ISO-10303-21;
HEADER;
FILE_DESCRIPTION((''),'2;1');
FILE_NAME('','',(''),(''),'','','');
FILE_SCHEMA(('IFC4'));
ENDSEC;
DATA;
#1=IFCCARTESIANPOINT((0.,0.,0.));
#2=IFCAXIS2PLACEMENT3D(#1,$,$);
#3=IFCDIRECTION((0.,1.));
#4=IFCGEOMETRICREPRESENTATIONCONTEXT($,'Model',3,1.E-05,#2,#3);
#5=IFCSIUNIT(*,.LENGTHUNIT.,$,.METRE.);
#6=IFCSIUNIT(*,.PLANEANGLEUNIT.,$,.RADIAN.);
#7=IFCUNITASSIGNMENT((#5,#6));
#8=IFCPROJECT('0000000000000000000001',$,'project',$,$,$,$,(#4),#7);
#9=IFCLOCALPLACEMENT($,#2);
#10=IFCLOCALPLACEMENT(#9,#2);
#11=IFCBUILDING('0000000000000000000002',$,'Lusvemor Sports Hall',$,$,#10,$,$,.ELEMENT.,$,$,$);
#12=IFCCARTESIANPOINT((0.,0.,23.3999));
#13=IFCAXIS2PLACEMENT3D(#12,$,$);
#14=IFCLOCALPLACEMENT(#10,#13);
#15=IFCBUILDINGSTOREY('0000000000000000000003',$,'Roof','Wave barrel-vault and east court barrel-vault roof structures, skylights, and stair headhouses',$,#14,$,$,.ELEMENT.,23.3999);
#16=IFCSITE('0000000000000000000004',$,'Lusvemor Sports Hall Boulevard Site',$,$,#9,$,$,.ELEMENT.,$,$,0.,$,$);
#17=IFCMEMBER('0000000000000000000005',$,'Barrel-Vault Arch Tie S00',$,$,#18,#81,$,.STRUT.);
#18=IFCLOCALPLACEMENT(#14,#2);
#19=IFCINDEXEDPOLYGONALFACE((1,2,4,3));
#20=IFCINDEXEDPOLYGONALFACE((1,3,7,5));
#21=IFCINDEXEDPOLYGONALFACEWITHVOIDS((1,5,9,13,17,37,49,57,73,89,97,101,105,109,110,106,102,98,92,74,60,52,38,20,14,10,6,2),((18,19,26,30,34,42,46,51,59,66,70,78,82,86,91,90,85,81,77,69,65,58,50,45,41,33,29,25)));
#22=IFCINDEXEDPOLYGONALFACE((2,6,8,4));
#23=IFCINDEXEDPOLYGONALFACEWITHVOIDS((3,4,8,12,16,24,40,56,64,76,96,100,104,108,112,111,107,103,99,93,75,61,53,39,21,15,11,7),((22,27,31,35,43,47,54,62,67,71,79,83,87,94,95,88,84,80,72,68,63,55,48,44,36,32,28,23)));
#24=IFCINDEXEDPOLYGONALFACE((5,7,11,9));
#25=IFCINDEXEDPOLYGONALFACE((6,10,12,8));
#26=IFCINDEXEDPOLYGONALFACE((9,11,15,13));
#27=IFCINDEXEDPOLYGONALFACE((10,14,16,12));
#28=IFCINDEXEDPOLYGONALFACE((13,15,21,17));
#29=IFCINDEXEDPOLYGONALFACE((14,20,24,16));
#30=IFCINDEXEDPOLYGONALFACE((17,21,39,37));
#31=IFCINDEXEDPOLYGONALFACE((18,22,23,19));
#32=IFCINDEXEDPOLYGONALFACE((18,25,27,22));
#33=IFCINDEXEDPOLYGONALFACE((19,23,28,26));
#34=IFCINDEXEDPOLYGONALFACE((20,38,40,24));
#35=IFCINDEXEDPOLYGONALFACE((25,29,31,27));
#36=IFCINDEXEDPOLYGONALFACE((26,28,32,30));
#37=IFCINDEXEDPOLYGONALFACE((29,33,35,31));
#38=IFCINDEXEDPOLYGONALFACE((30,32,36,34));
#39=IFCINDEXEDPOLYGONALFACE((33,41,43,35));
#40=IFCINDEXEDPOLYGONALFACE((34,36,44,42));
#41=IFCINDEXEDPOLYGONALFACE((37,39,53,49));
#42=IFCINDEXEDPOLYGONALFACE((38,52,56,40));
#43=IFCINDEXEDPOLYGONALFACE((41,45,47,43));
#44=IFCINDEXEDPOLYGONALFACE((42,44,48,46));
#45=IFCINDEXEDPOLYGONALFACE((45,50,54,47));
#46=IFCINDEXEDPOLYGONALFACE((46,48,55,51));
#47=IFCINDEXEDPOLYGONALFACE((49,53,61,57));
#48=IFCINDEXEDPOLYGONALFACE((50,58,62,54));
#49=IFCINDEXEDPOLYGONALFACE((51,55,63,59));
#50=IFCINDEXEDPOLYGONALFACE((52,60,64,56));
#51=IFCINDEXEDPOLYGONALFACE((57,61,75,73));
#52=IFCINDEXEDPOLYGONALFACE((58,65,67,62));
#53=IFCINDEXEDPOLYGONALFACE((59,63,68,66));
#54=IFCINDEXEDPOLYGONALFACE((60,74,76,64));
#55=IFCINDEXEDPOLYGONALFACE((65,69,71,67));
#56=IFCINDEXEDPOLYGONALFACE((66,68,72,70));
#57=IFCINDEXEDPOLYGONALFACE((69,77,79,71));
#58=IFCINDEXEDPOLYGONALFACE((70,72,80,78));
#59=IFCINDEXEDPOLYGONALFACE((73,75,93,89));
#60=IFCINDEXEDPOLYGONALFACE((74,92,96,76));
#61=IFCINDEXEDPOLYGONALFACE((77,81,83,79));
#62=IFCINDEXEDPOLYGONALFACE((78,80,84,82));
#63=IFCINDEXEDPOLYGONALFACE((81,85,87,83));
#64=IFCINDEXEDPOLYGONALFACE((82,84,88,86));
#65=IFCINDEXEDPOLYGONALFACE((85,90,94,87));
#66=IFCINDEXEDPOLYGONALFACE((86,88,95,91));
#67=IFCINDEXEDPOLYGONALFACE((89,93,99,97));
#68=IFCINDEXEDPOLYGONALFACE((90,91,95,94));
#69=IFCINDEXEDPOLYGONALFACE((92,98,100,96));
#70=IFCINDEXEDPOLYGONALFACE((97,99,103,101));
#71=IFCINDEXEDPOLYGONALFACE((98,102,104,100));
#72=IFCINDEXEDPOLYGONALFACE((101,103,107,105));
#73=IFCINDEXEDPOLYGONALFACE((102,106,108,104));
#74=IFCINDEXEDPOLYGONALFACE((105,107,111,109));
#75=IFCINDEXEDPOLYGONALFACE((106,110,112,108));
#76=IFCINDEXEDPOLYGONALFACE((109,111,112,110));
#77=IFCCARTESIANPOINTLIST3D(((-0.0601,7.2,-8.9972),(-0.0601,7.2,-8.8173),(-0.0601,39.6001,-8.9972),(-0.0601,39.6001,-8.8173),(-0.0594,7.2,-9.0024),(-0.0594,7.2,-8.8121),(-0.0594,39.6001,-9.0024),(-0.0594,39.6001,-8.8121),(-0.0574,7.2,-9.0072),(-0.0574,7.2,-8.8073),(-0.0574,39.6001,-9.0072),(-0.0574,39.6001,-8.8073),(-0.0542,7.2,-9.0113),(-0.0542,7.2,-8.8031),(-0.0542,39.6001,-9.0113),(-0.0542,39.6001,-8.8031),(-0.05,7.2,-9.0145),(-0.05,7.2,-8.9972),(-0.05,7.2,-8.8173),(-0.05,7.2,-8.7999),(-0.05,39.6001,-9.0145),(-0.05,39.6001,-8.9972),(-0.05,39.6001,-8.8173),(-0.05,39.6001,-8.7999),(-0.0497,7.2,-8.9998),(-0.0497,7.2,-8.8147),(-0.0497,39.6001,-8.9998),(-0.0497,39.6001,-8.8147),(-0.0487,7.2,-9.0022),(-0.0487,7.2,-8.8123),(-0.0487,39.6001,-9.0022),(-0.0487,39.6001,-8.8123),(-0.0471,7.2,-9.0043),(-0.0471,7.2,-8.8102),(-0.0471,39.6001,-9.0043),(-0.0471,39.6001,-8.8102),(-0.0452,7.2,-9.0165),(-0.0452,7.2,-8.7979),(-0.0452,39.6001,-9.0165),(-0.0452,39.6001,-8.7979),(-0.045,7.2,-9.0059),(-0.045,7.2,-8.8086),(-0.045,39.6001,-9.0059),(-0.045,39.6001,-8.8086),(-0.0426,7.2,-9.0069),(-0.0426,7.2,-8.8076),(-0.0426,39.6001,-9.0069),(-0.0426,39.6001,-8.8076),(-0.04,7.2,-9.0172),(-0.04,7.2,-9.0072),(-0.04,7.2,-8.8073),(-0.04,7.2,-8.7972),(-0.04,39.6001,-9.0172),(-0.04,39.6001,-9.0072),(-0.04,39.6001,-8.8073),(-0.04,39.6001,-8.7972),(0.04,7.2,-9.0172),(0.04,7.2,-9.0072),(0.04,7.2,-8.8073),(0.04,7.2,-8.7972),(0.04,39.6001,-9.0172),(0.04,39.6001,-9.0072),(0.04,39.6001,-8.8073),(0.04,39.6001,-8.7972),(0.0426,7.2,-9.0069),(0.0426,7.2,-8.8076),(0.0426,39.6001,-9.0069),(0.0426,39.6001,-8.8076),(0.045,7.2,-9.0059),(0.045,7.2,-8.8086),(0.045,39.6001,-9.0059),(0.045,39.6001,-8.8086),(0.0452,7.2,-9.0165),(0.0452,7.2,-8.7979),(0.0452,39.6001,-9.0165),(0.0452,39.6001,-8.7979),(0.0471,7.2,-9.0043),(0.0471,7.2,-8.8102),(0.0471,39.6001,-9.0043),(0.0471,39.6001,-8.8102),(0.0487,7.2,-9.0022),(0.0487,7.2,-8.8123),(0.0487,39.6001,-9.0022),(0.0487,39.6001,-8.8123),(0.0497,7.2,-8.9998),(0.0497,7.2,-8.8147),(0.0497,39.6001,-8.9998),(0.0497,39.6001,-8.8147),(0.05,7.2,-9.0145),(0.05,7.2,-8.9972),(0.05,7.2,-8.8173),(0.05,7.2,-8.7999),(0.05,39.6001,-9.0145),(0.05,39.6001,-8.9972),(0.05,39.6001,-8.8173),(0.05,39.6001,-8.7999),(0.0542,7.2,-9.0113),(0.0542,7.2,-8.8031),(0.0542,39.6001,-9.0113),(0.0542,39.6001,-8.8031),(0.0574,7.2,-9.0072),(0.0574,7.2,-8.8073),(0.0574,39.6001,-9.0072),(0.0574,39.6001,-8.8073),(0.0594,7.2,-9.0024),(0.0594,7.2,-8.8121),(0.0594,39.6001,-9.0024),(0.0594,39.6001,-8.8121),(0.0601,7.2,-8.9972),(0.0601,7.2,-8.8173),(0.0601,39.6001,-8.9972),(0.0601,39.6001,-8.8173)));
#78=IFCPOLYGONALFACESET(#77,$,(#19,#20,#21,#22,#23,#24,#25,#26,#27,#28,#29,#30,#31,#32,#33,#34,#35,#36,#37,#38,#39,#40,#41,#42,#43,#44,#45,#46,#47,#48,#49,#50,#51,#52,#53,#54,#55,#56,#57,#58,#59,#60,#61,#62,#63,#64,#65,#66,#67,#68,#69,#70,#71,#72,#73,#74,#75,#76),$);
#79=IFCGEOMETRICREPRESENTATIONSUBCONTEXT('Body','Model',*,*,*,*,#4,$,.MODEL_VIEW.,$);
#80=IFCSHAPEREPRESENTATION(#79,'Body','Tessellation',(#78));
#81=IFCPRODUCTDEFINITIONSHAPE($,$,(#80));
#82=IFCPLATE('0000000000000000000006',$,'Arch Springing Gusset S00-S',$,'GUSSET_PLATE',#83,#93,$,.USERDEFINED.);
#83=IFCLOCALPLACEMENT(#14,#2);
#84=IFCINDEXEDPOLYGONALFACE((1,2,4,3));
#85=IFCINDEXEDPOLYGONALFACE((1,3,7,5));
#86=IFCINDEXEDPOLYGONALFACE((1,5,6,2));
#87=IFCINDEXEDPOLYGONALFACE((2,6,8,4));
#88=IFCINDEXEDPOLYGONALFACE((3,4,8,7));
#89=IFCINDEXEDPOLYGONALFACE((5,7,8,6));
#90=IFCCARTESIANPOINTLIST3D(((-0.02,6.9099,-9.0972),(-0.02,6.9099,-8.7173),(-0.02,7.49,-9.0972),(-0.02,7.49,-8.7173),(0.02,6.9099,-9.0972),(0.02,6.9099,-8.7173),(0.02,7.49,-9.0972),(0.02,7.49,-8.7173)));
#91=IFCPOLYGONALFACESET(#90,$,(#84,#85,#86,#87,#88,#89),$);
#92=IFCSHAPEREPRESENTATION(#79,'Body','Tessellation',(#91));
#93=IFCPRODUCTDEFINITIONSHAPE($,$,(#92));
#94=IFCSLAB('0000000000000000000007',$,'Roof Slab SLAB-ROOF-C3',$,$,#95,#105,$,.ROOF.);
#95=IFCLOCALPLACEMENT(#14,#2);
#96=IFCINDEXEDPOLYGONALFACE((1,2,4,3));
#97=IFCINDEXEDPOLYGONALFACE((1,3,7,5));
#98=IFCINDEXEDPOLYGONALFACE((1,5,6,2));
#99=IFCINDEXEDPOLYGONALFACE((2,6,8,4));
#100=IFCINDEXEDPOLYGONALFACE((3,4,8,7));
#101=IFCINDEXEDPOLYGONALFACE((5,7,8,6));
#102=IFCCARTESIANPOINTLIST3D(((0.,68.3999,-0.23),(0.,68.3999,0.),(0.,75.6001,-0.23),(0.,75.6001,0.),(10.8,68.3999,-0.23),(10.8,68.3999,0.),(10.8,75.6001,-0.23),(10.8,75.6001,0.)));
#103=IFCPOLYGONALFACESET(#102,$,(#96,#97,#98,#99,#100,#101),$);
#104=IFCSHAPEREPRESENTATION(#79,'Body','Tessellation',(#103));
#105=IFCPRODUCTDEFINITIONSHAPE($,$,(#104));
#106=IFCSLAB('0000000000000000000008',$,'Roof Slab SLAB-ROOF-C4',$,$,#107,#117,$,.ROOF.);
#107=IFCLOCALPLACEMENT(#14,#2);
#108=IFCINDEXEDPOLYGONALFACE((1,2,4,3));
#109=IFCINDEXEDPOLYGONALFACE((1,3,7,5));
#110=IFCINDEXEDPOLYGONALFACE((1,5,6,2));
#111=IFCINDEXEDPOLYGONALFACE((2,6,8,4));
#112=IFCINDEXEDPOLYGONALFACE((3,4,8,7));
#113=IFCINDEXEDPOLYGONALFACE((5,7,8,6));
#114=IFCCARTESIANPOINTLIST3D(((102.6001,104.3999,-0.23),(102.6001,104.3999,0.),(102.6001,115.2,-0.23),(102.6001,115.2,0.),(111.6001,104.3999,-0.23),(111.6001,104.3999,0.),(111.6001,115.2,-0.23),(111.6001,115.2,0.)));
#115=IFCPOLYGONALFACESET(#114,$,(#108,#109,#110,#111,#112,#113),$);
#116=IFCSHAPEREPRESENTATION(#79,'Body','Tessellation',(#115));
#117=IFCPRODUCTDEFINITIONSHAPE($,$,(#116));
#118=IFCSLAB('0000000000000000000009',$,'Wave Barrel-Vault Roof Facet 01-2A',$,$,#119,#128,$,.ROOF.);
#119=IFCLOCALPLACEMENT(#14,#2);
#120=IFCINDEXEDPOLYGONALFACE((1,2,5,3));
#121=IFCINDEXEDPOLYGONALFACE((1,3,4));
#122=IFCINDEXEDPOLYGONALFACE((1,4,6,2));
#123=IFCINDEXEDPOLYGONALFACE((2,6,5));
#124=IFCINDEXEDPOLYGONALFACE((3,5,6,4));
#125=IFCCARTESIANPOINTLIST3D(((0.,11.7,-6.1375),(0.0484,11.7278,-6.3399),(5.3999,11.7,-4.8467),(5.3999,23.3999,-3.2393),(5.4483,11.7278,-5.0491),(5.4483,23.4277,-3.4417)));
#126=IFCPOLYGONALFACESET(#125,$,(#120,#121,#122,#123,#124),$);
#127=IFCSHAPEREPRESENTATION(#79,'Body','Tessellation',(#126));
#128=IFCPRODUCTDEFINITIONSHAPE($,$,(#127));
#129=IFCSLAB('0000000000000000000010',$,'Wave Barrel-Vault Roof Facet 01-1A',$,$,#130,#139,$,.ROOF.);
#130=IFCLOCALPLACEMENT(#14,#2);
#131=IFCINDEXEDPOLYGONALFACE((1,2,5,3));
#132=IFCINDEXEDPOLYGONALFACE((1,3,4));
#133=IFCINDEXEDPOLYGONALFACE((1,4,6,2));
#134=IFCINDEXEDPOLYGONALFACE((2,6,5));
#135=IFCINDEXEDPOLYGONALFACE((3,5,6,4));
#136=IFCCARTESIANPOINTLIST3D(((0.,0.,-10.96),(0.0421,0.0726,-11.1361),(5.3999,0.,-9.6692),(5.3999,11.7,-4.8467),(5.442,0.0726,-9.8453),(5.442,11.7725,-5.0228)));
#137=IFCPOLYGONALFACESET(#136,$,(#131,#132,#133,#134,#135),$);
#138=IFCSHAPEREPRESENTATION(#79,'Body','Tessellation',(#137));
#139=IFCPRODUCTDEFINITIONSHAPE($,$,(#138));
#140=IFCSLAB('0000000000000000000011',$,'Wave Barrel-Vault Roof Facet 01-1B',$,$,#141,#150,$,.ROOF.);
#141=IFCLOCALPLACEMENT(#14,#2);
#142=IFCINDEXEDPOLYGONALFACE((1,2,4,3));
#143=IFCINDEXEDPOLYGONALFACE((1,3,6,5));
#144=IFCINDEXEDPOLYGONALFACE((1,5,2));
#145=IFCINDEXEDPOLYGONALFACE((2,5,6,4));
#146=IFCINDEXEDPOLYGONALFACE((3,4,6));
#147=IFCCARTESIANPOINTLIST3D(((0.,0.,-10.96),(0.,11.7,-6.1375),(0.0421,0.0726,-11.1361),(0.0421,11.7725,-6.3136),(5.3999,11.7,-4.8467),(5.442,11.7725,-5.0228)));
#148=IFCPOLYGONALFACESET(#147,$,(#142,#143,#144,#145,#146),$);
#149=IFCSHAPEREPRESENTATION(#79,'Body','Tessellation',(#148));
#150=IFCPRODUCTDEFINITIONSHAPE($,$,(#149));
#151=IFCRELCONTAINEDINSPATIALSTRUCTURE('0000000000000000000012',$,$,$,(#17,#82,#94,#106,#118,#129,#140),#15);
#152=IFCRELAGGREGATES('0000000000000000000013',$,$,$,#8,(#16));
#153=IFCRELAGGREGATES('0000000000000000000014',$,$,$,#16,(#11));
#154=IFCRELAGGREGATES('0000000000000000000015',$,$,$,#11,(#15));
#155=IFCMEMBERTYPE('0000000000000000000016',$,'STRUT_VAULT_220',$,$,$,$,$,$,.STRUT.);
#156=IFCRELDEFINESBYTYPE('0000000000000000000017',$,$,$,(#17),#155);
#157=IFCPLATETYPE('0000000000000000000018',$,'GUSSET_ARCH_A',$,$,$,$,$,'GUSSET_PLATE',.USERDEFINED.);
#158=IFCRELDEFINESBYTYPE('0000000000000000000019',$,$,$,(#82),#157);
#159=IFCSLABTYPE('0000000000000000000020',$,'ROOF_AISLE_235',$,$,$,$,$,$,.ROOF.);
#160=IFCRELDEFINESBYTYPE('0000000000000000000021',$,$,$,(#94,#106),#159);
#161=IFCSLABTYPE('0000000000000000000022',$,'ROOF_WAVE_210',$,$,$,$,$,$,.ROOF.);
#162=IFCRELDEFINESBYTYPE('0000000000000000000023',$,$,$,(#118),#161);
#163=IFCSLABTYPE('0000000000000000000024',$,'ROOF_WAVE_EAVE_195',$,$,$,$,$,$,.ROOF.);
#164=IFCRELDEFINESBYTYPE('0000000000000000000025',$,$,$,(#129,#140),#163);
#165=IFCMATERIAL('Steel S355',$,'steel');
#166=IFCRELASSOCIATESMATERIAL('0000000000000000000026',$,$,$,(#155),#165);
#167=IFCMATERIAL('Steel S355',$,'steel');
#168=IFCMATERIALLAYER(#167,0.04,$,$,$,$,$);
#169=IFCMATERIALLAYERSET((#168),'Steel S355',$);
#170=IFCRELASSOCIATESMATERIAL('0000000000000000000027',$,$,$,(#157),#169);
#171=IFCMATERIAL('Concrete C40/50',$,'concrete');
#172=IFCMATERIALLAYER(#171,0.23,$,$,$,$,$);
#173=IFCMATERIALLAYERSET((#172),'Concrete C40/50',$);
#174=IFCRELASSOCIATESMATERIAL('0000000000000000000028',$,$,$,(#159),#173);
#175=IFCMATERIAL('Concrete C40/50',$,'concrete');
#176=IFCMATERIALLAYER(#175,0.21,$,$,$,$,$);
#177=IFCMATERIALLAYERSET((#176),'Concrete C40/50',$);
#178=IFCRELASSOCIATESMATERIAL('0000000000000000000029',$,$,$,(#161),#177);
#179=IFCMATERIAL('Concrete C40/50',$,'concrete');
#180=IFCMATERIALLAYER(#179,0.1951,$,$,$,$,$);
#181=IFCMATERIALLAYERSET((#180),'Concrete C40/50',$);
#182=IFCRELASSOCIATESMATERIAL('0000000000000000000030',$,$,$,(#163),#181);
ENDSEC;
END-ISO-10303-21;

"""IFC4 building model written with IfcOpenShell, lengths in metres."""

from ifc_helpers import new_model, si_unit, direction, frame, origin, origin_2d, place, context, subcontext, project, spatial, polyline, rectangle, hollow_rectangle, outline, extrude, material, layer, layer_set, material_profile, profile_set, type_object, element, save


model = new_model("IFC4")

# Units and contexts
model_context = context("Model", 3, precision=1e-05, world=origin(), true_north=direction((0.0, 1.0)))
body_context = subcontext(model_context, "Body", "Model", "MODEL_VIEW")
ifc_project = project(units=[si_unit("LENGTHUNIT", "METRE"), si_unit("PLANEANGLEUNIT", "RADIAN")], contexts=[model_context])

# Site, building, storey
site_placement = place(None, origin())
site = spatial("IfcSite", under=ifc_project, at=site_placement, Name="Lusvemor Sports Hall Boulevard Site", CompositionType="ELEMENT", RefElevation=0.0)
building_placement = place(site_placement, origin())
building = spatial("IfcBuilding", under=site, at=building_placement, Name="Lusvemor Sports Hall", CompositionType="ELEMENT")
storey_placement = place(building_placement, frame((0.0, 0.0, 23.3999)))
storey = spatial("IfcBuildingStorey", under=building, at=storey_placement, Name="Roof", Description="Wave barrel-vault and east court barrel-vault roof structures, skylights, and stair headhouses", CompositionType="ELEMENT", Elevation=23.3999)

# Member
ifc_material_1 = material(Name="Steel S355", Category="steel")
ifc_material_profile_1 = material_profile(ifc_material_1, hollow_rectangle(XDim=0.1201, YDim=0.22, WallThickness=0.01, InnerFilletRadius=0.01, OuterFilletRadius=0.02, at=origin_2d()), Name="RHS220x120x10")
ifc_profile_set_1 = profile_set([ifc_material_profile_1], Name="Steel S355")
member_type_1 = type_object("IfcMemberType", Name="STRUT_VAULT_220", PredefinedType="STRUT", material=ifc_profile_set_1)
member_1_placement = place(storey_placement, frame((0.0, 7.2, -8.9072), z_axis=(0.0, 1.0, 0.0), x_axis=(-1.0, 0.0, 0.0)))
element("IfcMember", 1, at=member_1_placement, inside=storey, type_object=member_type_1, Name="Barrel-Vault Arch Tie S00", PredefinedType="STRUT", context=body_context, shape_type="SweptSolid", body=[
    extrude(hollow_rectangle(XDim=0.1201, YDim=0.22, WallThickness=0.01, InnerFilletRadius=0.01, OuterFilletRadius=0.02, at=origin_2d()), origin(), (0.0, 0.0, 1.0), 32.4001),
])

# Plate
ifc_material_2 = material(Name="Steel S355", Category="steel")
ifc_layer_1 = layer(ifc_material_2, 0.04)
ifc_layer_set_1 = layer_set([ifc_layer_1], Name="Steel S355")
plate_type = type_object("IfcPlateType", Name="GUSSET_ARCH_A", ElementType="GUSSET_PLATE", PredefinedType="USERDEFINED", material=ifc_layer_set_1)
plate_placement = place(storey_placement, frame((0.0, 7.2, -9.0972), z_axis=(0.0, 0.0, 1.0), x_axis=(1.0, 0.0, 0.0)))
element("IfcPlate", 2, at=plate_placement, inside=storey, type_object=plate_type, Name="Arch Springing Gusset S00-S", ObjectType="GUSSET_PLATE", PredefinedType="USERDEFINED", context=body_context, shape_type="SweptSolid", body=[
    extrude(rectangle(XDim=0.04, YDim=0.5801, at=origin_2d()), origin(), (0.0, 0.0, 1.0), 0.3799),
])

# Slabs
ifc_material_3 = material(Name="Concrete C40/50", Category="concrete")
ifc_layer_2 = layer(ifc_material_3, 0.23)
ifc_layer_set_2 = layer_set([ifc_layer_2], Name="Concrete C40/50")
slab_type_1 = type_object("IfcSlabType", Name="ROOF_AISLE_235", PredefinedType="ROOF", material=ifc_layer_set_2)
slab_1_placement = place(storey_placement, frame((0.0, 0.0, -0.23)))
element("IfcSlab", 3, at=slab_1_placement, inside=storey, type_object=slab_type_1, Name="Roof Slab SLAB-ROOF-C3", PredefinedType="ROOF", context=body_context, shape_type="SweptSolid", body=[
    extrude(outline(polyline([(0.0, 68.3999), (10.8, 68.3999), (10.8, 75.6001), (0.0, 75.6001), (0.0, 68.3999)])), origin(), (0.0, 0.0, 1.0), 0.23),
])
slab_2_placement = place(storey_placement, frame((0.0, 0.0, -0.23)))
element("IfcSlab", 4, at=slab_2_placement, inside=storey, type_object=slab_type_1, Name="Roof Slab SLAB-ROOF-C4", PredefinedType="ROOF", context=body_context, shape_type="SweptSolid", body=[
    extrude(outline(polyline([(102.6001, 104.3999), (111.6001, 104.3999), (111.6001, 115.2), (102.6001, 115.2), (102.6001, 104.3999)])), origin(), (0.0, 0.0, 1.0), 0.23),
])
ifc_material_4 = material(Name="Concrete C40/50", Category="concrete")
ifc_layer_3 = layer(ifc_material_4, 0.21)
ifc_layer_set_3 = layer_set([ifc_layer_3], Name="Concrete C40/50")
slab_type_2 = type_object("IfcSlabType", Name="ROOF_WAVE_210", PredefinedType="ROOF", material=ifc_layer_set_3)
slab_3_placement = place(storey_placement, frame((0.0, 11.7, -6.1375), z_axis=(-0.230438, -0.132445, 0.964031), x_axis=(0.9726, 0.0, 0.232486)))
element("IfcSlab", 5, at=slab_3_placement, inside=storey, type_object=slab_type_2, Name="Wave Barrel-Vault Roof Facet 01-2A", PredefinedType="ROOF", context=body_context, shape_type="SweptSolid", body=[
    extrude(outline(polyline([(0.0, 0.0), (5.552, 0.0), (5.9257, 11.8039), (0.0, 0.0)])), origin(), (0.0, 0.0, -1.0), 0.21),
])
ifc_material_5 = material(Name="Concrete C40/50", Category="concrete")
ifc_layer_4 = layer(ifc_material_5, 0.1951)
ifc_layer_set_4 = layer_set([ifc_layer_4], Name="Concrete C40/50")
slab_type_3 = type_object("IfcSlabType", Name="ROOF_WAVE_EAVE_195", PredefinedType="ROOF", material=ifc_layer_set_4)
slab_4_placement = place(storey_placement, frame((0.0, 0.0, -10.96), z_axis=(-0.215792, -0.372101, 0.902759), x_axis=(0.9726, 0.0, 0.232486)))
element("IfcSlab", 6, at=slab_4_placement, inside=storey, type_object=slab_type_3, Name="Wave Barrel-Vault Roof Facet 01-1A", PredefinedType="ROOF", context=body_context, shape_type="SweptSolid", body=[
    extrude(outline(polyline([(0.0, 0.0), (5.552, 0.0), (6.6732, 12.6051), (0.0, 0.0)])), origin(), (0.0, 0.0, -1.0), 0.1951),
])
slab_5_placement = place(storey_placement, frame((0.0, 0.0, -10.96), z_axis=(-0.215792, -0.372101, 0.902759), x_axis=(0.378607, 0.820327, 0.428625)))
element("IfcSlab", 7, at=slab_5_placement, inside=storey, type_object=slab_type_3, Name="Wave Barrel-Vault Roof Facet 01-1B", PredefinedType="ROOF", context=body_context, shape_type="SweptSolid", body=[
    extrude(outline(polyline([(0.0, 0.0), (14.2625, 0.0), (11.6648, 4.9068), (0.0, 0.0)])), origin(), (0.0, 0.0, -1.0), 0.1951),
])

save(model, "model.ifc")
